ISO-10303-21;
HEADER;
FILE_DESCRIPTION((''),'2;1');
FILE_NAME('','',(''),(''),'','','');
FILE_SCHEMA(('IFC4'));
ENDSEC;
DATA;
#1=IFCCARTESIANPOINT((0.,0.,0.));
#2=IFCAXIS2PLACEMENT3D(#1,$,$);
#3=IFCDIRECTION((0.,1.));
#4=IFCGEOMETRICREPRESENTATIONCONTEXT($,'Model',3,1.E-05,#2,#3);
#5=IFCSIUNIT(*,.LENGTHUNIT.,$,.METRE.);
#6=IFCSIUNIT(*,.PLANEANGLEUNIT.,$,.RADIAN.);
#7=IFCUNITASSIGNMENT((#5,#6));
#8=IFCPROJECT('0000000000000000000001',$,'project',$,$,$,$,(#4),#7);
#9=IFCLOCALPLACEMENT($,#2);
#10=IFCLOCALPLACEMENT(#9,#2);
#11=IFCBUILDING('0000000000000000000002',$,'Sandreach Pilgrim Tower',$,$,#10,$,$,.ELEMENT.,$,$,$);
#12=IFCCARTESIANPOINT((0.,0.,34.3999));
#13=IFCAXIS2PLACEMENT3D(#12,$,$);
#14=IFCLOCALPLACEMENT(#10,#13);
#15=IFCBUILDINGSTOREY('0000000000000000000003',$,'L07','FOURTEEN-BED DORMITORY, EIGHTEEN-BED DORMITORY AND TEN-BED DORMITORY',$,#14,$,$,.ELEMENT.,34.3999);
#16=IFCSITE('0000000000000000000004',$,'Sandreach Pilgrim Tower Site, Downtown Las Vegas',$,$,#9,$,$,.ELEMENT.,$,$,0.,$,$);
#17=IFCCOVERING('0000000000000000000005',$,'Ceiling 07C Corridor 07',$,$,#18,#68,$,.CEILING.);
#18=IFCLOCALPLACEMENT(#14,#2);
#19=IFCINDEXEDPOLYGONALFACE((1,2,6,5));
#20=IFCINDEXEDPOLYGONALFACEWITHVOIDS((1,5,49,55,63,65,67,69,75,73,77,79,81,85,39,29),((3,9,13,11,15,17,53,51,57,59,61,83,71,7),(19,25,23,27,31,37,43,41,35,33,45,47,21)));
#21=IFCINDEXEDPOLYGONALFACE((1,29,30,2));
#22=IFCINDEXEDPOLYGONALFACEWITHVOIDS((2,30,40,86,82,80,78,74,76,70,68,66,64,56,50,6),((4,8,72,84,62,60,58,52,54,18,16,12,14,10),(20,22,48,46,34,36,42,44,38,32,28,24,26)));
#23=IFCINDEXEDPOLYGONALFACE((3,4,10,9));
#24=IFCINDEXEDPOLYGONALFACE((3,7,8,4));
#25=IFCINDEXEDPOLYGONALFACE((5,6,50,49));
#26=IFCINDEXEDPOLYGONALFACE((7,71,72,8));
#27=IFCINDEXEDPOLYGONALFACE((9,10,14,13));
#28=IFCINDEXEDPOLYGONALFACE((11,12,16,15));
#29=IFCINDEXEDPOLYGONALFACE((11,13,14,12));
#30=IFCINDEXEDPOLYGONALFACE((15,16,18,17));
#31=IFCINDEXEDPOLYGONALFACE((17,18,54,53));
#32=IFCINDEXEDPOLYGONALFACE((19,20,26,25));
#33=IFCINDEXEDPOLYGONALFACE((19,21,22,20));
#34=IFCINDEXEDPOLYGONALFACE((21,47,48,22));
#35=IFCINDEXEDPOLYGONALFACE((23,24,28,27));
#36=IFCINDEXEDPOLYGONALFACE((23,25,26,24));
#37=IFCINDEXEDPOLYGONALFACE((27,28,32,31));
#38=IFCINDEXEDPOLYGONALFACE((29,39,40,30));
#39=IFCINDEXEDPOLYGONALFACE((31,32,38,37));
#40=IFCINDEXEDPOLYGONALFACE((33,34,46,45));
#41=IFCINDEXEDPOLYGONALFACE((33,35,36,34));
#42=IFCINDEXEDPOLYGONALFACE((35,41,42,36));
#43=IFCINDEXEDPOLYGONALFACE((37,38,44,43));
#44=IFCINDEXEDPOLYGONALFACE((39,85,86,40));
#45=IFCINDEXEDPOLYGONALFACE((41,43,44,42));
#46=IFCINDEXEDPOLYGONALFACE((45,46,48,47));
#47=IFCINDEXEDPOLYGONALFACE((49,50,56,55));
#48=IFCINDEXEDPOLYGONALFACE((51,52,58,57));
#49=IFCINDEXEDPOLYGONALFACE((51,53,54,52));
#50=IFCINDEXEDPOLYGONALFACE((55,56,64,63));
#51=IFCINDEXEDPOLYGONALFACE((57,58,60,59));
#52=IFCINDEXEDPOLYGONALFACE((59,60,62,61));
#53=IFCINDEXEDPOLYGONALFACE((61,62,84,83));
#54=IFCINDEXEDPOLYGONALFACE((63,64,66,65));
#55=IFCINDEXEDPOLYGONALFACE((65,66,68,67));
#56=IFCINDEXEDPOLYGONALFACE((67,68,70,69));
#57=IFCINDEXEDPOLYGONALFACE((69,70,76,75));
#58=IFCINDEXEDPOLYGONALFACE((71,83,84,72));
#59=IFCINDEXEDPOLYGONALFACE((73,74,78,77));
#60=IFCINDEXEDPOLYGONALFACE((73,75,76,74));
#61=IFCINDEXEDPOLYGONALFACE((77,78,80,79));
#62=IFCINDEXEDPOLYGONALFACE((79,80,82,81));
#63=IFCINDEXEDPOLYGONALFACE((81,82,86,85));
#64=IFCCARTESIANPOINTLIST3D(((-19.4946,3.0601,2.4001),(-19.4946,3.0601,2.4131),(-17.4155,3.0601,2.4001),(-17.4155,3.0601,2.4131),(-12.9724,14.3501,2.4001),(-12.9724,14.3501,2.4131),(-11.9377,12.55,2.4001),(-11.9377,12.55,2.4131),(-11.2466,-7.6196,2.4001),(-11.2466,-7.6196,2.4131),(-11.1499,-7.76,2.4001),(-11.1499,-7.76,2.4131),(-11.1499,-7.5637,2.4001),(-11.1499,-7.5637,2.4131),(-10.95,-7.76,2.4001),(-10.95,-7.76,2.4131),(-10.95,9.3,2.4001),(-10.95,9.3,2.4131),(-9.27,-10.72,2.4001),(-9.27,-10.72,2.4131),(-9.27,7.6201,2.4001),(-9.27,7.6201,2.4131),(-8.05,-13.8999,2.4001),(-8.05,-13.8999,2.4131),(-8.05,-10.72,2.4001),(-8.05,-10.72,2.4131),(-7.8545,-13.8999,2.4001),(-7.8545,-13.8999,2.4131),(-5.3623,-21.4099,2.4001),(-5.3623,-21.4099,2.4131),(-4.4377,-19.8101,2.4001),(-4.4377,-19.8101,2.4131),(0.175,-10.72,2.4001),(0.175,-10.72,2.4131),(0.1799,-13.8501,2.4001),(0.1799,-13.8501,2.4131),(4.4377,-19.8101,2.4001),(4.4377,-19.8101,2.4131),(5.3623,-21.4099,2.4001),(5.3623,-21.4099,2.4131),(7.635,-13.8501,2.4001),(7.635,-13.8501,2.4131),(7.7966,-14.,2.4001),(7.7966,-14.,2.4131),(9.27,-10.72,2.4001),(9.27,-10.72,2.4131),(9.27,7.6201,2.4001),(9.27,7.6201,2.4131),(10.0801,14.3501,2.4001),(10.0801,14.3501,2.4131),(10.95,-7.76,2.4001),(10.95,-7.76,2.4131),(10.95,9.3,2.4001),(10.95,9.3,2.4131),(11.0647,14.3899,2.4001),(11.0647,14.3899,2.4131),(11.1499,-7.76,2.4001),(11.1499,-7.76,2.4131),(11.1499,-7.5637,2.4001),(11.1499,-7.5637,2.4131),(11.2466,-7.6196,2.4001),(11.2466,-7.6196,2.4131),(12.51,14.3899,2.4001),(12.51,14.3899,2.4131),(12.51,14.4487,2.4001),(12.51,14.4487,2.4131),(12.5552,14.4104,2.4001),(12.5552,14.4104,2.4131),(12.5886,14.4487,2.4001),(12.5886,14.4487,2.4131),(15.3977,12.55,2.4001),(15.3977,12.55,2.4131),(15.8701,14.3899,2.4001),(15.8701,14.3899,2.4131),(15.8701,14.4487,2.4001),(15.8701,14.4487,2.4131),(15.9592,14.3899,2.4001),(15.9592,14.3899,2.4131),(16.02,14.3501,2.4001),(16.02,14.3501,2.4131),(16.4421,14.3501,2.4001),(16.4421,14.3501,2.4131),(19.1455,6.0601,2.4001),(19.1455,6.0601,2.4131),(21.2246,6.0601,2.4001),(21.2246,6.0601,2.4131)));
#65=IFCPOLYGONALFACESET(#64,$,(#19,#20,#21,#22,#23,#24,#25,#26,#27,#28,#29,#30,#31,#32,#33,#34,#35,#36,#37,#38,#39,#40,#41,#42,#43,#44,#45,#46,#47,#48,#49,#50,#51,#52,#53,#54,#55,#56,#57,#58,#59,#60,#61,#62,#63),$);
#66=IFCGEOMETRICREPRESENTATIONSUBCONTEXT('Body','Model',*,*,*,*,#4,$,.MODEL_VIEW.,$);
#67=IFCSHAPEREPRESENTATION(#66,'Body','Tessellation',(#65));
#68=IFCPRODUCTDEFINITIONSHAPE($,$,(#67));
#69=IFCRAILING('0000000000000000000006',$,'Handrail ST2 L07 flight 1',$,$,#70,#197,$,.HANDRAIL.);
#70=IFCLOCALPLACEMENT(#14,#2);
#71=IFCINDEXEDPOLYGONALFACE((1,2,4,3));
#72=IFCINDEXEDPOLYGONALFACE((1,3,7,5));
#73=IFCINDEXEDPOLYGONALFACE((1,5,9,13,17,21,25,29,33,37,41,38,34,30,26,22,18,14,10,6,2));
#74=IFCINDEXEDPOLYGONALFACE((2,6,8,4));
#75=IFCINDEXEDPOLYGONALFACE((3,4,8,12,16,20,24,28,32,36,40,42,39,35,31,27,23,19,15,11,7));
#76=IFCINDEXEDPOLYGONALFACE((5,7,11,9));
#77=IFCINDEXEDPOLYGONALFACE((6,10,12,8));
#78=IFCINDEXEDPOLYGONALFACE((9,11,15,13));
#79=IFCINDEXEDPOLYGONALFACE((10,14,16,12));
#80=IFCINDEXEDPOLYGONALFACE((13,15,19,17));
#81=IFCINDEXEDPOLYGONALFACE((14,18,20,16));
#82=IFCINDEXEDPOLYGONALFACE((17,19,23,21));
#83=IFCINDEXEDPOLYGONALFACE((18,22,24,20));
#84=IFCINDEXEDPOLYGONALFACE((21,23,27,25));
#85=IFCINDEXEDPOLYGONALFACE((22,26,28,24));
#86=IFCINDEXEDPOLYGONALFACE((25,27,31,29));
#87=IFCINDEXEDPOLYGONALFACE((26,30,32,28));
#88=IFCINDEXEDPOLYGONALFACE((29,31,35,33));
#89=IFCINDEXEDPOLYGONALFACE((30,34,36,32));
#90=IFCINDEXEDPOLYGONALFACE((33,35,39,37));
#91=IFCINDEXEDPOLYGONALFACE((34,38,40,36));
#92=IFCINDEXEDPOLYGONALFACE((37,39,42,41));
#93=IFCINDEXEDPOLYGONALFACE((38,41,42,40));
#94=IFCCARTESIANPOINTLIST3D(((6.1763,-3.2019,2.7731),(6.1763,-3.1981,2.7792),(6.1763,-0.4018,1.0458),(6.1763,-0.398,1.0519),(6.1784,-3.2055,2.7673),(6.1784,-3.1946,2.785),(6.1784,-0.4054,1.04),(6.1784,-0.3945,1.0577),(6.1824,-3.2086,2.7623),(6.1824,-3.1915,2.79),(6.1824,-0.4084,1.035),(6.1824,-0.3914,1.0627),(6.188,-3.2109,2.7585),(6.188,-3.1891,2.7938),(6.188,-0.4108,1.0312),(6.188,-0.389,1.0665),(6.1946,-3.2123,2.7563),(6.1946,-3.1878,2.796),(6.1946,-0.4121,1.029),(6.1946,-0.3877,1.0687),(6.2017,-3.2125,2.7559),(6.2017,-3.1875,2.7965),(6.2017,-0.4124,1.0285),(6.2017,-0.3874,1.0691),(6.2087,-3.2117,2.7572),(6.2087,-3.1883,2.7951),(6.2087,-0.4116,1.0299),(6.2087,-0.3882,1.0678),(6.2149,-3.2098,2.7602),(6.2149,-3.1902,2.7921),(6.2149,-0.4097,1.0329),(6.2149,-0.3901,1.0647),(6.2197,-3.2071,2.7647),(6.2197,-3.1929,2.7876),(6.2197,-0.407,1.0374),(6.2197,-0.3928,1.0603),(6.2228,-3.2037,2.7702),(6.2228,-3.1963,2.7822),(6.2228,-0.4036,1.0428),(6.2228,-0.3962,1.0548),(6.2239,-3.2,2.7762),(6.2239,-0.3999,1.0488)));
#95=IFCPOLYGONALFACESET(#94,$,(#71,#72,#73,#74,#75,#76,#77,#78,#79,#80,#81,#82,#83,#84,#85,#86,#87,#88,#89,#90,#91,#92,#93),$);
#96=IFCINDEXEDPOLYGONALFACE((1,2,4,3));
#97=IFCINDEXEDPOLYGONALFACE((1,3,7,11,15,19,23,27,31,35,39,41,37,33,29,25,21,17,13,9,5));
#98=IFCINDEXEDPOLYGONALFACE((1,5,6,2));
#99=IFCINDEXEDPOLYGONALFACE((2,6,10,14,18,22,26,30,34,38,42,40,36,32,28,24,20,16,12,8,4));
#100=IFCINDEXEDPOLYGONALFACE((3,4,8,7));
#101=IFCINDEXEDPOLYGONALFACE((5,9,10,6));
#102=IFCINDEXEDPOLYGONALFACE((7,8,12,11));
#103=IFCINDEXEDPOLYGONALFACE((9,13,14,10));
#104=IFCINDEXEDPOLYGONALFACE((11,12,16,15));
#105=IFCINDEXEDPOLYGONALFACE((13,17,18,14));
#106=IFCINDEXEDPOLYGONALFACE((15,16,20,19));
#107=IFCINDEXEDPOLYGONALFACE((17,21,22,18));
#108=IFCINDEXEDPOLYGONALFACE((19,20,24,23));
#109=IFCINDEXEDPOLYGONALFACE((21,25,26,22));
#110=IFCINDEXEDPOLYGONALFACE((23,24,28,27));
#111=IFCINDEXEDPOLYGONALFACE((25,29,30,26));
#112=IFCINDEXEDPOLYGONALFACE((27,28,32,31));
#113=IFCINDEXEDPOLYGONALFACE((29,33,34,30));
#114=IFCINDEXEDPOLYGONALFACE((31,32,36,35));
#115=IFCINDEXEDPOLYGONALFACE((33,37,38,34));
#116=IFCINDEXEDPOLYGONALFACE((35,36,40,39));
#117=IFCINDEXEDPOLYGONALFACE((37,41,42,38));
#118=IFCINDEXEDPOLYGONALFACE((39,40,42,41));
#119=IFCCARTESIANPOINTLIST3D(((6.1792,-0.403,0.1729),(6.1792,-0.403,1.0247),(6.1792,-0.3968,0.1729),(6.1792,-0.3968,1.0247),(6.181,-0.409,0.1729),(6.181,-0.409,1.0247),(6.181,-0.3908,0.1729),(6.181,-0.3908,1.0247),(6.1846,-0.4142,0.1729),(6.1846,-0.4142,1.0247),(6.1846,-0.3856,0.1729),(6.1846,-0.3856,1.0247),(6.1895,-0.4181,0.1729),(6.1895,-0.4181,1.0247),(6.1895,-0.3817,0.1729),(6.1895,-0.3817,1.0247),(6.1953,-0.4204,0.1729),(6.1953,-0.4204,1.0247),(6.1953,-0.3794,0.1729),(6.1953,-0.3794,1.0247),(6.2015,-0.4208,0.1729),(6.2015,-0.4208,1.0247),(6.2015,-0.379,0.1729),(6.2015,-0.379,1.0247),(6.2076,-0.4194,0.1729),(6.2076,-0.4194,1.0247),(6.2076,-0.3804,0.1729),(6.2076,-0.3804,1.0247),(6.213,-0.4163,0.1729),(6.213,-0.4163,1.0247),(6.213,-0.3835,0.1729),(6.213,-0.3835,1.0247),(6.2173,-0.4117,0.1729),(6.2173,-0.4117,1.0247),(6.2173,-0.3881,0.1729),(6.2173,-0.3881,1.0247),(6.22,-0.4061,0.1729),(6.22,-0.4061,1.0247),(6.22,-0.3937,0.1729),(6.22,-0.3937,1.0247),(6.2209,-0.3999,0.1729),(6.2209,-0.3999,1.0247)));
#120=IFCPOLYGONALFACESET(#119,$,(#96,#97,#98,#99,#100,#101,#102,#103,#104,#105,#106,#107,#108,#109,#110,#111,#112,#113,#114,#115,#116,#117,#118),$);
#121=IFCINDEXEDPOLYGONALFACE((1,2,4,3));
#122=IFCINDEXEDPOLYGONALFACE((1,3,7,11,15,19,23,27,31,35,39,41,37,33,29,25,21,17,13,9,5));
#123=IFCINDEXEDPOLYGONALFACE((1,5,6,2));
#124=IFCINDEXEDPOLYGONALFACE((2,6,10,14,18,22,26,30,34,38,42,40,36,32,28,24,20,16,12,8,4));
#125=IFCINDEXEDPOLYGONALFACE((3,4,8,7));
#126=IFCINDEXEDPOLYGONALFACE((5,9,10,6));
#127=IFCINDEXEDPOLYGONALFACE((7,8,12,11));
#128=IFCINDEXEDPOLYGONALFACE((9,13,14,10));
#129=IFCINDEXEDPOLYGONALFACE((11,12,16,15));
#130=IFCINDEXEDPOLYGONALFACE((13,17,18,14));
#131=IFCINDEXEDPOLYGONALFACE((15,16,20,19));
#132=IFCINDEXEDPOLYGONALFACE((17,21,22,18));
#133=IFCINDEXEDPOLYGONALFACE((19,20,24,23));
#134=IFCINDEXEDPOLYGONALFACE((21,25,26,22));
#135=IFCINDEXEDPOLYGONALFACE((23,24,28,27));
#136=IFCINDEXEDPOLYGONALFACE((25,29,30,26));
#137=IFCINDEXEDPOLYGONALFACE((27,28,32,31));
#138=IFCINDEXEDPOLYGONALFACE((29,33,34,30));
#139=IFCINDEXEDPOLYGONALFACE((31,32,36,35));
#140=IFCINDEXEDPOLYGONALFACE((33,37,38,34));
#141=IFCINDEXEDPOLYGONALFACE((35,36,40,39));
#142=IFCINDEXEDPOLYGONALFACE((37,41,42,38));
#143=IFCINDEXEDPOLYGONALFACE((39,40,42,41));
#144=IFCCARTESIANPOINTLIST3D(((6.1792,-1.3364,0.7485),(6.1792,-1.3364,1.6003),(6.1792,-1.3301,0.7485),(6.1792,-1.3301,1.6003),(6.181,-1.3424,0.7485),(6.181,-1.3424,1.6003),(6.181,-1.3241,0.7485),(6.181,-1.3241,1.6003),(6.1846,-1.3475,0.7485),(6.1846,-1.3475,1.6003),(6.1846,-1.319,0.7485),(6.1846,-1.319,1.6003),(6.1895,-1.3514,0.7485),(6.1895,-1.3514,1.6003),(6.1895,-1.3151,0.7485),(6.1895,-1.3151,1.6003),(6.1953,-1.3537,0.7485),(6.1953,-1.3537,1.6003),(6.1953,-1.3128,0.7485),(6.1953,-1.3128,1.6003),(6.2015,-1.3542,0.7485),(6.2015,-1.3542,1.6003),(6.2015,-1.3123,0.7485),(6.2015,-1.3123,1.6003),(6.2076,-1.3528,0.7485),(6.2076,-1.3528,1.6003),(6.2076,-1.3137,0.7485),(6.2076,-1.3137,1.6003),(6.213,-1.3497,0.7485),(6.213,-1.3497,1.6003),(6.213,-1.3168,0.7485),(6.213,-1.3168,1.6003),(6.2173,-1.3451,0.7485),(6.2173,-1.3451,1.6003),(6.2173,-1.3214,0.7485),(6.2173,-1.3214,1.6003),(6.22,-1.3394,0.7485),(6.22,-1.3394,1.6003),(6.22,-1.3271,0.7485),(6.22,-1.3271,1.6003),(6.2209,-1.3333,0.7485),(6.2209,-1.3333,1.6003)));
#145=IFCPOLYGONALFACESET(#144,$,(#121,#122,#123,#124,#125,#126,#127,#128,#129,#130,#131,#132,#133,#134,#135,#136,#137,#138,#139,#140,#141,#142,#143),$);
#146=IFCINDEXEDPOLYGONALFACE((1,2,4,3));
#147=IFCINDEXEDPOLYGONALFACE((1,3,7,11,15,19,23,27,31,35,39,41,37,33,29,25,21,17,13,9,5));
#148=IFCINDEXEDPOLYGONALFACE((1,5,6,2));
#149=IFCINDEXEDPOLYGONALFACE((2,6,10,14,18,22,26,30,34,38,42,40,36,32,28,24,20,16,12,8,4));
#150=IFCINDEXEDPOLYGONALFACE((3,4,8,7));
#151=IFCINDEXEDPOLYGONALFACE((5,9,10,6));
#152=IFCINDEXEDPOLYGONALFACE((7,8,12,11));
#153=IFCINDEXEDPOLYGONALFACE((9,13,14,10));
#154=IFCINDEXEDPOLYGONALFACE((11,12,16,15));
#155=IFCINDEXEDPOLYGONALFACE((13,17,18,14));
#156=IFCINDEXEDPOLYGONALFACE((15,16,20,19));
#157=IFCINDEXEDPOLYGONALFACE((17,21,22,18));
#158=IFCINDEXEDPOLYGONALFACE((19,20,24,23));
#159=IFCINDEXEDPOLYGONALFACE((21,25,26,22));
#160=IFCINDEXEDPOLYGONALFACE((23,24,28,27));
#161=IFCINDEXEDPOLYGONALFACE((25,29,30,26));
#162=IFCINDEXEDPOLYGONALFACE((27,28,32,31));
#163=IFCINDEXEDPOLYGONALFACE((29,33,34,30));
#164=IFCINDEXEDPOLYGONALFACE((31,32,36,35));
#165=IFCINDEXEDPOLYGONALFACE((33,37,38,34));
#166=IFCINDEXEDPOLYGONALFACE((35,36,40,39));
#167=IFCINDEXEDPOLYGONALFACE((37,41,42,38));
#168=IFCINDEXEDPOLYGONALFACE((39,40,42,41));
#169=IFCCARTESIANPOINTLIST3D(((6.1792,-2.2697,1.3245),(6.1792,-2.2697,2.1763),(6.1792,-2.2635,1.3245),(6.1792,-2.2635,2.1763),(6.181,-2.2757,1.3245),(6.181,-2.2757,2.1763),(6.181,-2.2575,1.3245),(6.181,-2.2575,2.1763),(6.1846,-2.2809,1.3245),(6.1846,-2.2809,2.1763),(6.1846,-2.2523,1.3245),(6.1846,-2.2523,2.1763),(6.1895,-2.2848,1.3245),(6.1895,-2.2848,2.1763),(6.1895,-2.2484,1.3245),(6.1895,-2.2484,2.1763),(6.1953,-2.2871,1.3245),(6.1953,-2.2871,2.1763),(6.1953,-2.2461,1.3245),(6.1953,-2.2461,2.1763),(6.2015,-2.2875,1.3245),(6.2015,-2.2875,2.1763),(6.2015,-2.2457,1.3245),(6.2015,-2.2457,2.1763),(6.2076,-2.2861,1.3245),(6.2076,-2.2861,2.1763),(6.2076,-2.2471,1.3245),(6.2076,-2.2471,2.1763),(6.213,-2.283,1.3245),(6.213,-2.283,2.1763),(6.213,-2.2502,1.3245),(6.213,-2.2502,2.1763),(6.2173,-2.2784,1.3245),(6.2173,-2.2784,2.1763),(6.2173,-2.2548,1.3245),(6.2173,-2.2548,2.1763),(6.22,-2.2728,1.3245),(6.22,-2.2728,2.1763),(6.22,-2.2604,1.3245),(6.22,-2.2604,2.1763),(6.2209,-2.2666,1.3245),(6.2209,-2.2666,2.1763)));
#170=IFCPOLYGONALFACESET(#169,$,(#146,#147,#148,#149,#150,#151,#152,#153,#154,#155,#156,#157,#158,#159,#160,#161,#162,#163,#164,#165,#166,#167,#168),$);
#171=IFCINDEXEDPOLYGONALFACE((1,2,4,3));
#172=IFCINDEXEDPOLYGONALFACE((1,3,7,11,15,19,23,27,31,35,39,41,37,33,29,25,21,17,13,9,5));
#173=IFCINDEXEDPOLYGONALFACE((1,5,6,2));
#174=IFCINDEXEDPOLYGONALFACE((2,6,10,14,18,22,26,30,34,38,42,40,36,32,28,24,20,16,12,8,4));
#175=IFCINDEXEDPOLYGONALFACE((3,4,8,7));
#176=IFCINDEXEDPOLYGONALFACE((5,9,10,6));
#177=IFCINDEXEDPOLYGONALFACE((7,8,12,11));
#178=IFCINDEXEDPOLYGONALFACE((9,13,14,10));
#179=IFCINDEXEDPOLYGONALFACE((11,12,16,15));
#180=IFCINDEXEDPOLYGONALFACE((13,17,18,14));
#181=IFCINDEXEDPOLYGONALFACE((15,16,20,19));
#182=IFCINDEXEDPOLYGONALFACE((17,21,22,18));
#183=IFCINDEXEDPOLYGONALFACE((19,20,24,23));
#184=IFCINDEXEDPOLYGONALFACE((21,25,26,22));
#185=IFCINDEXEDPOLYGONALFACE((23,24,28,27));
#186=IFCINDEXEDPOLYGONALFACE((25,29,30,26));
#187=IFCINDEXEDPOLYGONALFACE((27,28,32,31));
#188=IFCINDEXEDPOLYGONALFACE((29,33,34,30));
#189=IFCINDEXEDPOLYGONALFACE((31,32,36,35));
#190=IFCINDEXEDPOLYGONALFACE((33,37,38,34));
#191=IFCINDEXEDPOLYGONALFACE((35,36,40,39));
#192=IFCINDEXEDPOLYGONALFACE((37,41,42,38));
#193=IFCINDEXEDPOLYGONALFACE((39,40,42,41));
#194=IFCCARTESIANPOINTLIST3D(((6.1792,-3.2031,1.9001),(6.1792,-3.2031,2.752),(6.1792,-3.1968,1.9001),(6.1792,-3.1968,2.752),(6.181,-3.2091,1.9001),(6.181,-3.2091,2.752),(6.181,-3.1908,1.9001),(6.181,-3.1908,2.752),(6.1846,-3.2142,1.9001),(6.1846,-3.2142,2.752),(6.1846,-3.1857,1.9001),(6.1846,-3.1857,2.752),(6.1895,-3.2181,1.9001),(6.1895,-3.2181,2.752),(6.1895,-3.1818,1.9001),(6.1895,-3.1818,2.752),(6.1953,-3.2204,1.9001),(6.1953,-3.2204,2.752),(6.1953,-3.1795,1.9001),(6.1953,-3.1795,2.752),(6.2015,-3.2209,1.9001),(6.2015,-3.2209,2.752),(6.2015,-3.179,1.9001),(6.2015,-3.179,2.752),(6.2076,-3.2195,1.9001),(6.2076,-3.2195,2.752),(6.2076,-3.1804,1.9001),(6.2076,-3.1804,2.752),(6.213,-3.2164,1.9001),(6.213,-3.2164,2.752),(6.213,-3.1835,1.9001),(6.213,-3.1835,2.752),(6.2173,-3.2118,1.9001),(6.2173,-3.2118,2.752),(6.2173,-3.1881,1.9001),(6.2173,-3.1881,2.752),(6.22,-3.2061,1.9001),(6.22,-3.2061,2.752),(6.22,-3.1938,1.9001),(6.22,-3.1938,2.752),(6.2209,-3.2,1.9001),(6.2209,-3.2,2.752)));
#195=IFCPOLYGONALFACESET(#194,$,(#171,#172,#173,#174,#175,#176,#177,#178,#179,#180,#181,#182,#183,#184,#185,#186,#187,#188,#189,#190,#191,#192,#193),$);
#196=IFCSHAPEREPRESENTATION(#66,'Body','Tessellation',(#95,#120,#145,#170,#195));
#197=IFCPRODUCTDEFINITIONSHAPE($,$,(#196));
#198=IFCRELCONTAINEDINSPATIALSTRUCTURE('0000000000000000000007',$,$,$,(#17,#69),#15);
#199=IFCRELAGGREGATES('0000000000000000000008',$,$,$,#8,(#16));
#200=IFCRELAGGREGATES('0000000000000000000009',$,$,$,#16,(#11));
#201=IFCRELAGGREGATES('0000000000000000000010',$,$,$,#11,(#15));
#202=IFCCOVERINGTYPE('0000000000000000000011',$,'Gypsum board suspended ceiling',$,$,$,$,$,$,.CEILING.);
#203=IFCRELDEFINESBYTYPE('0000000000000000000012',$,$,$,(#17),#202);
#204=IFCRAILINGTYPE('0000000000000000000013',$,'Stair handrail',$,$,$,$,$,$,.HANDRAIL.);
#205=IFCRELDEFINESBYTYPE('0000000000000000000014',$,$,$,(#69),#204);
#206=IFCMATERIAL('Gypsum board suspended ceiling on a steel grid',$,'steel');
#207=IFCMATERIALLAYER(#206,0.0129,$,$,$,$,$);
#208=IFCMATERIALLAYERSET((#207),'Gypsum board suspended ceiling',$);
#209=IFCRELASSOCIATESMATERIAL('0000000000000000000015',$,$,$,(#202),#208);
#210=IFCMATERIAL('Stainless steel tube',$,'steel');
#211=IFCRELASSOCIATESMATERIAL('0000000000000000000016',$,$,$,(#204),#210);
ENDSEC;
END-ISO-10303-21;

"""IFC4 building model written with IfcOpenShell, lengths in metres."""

from ifc_helpers import new_model, si_unit, direction, frame, origin, origin_2d, place, context, subcontext, project, spatial, polyline, circle, outline, extrude, material, layer, layer_set, type_object, element, save


model = new_model("IFC4")

# Units and contexts
model_context = context("Model", 3, precision=1e-05, world=origin(), true_north=direction((0.0, 1.0)))
body_context = subcontext(model_context, "Body", "Model", "MODEL_VIEW")
ifc_project = project(units=[si_unit("LENGTHUNIT", "METRE"), si_unit("PLANEANGLEUNIT", "RADIAN")], contexts=[model_context])

# Site, building, storey
site_placement = place(None, origin())
site = spatial("IfcSite", under=ifc_project, at=site_placement, Name="Sandreach Pilgrim Tower Site, Downtown Las Vegas", CompositionType="ELEMENT", RefElevation=0.0)
building_placement = place(site_placement, origin())
building = spatial("IfcBuilding", under=site, at=building_placement, Name="Sandreach Pilgrim Tower", CompositionType="ELEMENT")
storey_placement = place(building_placement, frame((0.0, 0.0, 34.3999)))
storey = spatial("IfcBuildingStorey", under=building, at=storey_placement, Name="L07", Description="FOURTEEN-BED DORMITORY, EIGHTEEN-BED DORMITORY AND TEN-BED DORMITORY", CompositionType="ELEMENT", Elevation=34.3999)

# Covering
ifc_material_1 = material(Name="Gypsum board suspended ceiling on a steel grid", Category="steel")
ifc_layer_1 = layer(ifc_material_1, 0.0129)
ifc_layer_set_1 = layer_set([ifc_layer_1], Name="Gypsum board suspended ceiling")
covering_type_1 = type_object("IfcCoveringType", Name="Gypsum board suspended ceiling", PredefinedType="CEILING", material=ifc_layer_set_1)
covering_1_placement = place(storey_placement, frame((0.0, 0.0, 2.4001)))
element("IfcCovering", 1, at=covering_1_placement, inside=storey, type_object=covering_type_1, Name="Ceiling 07C Corridor 07", PredefinedType="CEILING", context=body_context, shape_type="SweptSolid", body=[
    extrude(outline(polyline([(-12.9724, 14.3501), (10.0801, 14.3501), (11.0647, 14.3899), (12.51, 14.3899), (12.51, 14.4487), (12.5552, 14.4104), (12.5886, 14.4487), (15.8701, 14.4487), (15.8701, 14.3899), (15.9592, 14.3899), (16.02, 14.3501), (16.4421, 14.3501), (21.2246, 6.0601), (5.3623, -21.4099), (-5.3623, -21.4099), (-19.4946, 3.0601), (-12.9724, 14.3501)]), holes=[polyline([(-17.4155, 3.0601), (-11.2466, -7.6196), (-11.1499, -7.5637), (-11.1499, -7.76), (-10.95, -7.76), (-10.95, 9.3), (10.95, 9.3), (10.95, -7.76), (11.1499, -7.76), (11.1499, -7.5637), (11.2466, -7.6196), (19.1455, 6.0601), (15.3977, 12.55), (-11.9377, 12.55), (-17.4155, 3.0601)]), polyline([(-8.05, -10.72), (-8.05, -13.8999), (-7.8545, -13.8999), (-4.4377, -19.8101), (4.4377, -19.8101), (7.7966, -14.0), (7.635, -13.8501), (0.1799, -13.8501), (0.175, -10.72), (9.27, -10.72), (9.27, 7.6201), (-9.27, 7.6201), (-9.27, -10.72), (-8.05, -10.72)])]), origin(), (0.0, 0.0, 1.0), 0.0129),
])

# Railing
ifc_material_2 = material(Name="Stainless steel tube", Category="steel")
railing_type = type_object("IfcRailingType", Name="Stair handrail", PredefinedType="HANDRAIL", material=ifc_material_2)
for number, where, name in (
    (2, (6.2, -0.3999, 0.1729), "Handrail ST2 L07 flight 1"),
):
    element("IfcRailing", number, at=place(storey_placement, frame(where)), inside=storey, type_object=railing_type, Name=name, PredefinedType="HANDRAIL", context=body_context, shape_type="SweptSolid", body=[
        extrude(circle(Radius=0.0239, at=origin_2d()), frame((0.0, 0.0, 0.876), z_axis=(0.0, -0.85109, 0.52502), x_axis=(1.0, 0.0, 0.0)), (0.0, 0.0, 1.0), 3.29),
        extrude(circle(Radius=0.021, at=origin_2d()), origin(), (0.0, 0.0, 1.0), 0.8518),
        extrude(circle(Radius=0.021, at=origin_2d()), frame((0.0, -0.9333, 0.5757)), (0.0, 0.0, 1.0), 0.8518),
        extrude(circle(Radius=0.021, at=origin_2d()), frame((0.0, -1.8667, 1.1516)), (0.0, 0.0, 1.0), 0.8518),
        extrude(circle(Radius=0.021, at=origin_2d()), frame((0.0, -2.8, 1.7273)), (0.0, 0.0, 1.0), 0.8518),
    ])

save(model, "model.ifc")
